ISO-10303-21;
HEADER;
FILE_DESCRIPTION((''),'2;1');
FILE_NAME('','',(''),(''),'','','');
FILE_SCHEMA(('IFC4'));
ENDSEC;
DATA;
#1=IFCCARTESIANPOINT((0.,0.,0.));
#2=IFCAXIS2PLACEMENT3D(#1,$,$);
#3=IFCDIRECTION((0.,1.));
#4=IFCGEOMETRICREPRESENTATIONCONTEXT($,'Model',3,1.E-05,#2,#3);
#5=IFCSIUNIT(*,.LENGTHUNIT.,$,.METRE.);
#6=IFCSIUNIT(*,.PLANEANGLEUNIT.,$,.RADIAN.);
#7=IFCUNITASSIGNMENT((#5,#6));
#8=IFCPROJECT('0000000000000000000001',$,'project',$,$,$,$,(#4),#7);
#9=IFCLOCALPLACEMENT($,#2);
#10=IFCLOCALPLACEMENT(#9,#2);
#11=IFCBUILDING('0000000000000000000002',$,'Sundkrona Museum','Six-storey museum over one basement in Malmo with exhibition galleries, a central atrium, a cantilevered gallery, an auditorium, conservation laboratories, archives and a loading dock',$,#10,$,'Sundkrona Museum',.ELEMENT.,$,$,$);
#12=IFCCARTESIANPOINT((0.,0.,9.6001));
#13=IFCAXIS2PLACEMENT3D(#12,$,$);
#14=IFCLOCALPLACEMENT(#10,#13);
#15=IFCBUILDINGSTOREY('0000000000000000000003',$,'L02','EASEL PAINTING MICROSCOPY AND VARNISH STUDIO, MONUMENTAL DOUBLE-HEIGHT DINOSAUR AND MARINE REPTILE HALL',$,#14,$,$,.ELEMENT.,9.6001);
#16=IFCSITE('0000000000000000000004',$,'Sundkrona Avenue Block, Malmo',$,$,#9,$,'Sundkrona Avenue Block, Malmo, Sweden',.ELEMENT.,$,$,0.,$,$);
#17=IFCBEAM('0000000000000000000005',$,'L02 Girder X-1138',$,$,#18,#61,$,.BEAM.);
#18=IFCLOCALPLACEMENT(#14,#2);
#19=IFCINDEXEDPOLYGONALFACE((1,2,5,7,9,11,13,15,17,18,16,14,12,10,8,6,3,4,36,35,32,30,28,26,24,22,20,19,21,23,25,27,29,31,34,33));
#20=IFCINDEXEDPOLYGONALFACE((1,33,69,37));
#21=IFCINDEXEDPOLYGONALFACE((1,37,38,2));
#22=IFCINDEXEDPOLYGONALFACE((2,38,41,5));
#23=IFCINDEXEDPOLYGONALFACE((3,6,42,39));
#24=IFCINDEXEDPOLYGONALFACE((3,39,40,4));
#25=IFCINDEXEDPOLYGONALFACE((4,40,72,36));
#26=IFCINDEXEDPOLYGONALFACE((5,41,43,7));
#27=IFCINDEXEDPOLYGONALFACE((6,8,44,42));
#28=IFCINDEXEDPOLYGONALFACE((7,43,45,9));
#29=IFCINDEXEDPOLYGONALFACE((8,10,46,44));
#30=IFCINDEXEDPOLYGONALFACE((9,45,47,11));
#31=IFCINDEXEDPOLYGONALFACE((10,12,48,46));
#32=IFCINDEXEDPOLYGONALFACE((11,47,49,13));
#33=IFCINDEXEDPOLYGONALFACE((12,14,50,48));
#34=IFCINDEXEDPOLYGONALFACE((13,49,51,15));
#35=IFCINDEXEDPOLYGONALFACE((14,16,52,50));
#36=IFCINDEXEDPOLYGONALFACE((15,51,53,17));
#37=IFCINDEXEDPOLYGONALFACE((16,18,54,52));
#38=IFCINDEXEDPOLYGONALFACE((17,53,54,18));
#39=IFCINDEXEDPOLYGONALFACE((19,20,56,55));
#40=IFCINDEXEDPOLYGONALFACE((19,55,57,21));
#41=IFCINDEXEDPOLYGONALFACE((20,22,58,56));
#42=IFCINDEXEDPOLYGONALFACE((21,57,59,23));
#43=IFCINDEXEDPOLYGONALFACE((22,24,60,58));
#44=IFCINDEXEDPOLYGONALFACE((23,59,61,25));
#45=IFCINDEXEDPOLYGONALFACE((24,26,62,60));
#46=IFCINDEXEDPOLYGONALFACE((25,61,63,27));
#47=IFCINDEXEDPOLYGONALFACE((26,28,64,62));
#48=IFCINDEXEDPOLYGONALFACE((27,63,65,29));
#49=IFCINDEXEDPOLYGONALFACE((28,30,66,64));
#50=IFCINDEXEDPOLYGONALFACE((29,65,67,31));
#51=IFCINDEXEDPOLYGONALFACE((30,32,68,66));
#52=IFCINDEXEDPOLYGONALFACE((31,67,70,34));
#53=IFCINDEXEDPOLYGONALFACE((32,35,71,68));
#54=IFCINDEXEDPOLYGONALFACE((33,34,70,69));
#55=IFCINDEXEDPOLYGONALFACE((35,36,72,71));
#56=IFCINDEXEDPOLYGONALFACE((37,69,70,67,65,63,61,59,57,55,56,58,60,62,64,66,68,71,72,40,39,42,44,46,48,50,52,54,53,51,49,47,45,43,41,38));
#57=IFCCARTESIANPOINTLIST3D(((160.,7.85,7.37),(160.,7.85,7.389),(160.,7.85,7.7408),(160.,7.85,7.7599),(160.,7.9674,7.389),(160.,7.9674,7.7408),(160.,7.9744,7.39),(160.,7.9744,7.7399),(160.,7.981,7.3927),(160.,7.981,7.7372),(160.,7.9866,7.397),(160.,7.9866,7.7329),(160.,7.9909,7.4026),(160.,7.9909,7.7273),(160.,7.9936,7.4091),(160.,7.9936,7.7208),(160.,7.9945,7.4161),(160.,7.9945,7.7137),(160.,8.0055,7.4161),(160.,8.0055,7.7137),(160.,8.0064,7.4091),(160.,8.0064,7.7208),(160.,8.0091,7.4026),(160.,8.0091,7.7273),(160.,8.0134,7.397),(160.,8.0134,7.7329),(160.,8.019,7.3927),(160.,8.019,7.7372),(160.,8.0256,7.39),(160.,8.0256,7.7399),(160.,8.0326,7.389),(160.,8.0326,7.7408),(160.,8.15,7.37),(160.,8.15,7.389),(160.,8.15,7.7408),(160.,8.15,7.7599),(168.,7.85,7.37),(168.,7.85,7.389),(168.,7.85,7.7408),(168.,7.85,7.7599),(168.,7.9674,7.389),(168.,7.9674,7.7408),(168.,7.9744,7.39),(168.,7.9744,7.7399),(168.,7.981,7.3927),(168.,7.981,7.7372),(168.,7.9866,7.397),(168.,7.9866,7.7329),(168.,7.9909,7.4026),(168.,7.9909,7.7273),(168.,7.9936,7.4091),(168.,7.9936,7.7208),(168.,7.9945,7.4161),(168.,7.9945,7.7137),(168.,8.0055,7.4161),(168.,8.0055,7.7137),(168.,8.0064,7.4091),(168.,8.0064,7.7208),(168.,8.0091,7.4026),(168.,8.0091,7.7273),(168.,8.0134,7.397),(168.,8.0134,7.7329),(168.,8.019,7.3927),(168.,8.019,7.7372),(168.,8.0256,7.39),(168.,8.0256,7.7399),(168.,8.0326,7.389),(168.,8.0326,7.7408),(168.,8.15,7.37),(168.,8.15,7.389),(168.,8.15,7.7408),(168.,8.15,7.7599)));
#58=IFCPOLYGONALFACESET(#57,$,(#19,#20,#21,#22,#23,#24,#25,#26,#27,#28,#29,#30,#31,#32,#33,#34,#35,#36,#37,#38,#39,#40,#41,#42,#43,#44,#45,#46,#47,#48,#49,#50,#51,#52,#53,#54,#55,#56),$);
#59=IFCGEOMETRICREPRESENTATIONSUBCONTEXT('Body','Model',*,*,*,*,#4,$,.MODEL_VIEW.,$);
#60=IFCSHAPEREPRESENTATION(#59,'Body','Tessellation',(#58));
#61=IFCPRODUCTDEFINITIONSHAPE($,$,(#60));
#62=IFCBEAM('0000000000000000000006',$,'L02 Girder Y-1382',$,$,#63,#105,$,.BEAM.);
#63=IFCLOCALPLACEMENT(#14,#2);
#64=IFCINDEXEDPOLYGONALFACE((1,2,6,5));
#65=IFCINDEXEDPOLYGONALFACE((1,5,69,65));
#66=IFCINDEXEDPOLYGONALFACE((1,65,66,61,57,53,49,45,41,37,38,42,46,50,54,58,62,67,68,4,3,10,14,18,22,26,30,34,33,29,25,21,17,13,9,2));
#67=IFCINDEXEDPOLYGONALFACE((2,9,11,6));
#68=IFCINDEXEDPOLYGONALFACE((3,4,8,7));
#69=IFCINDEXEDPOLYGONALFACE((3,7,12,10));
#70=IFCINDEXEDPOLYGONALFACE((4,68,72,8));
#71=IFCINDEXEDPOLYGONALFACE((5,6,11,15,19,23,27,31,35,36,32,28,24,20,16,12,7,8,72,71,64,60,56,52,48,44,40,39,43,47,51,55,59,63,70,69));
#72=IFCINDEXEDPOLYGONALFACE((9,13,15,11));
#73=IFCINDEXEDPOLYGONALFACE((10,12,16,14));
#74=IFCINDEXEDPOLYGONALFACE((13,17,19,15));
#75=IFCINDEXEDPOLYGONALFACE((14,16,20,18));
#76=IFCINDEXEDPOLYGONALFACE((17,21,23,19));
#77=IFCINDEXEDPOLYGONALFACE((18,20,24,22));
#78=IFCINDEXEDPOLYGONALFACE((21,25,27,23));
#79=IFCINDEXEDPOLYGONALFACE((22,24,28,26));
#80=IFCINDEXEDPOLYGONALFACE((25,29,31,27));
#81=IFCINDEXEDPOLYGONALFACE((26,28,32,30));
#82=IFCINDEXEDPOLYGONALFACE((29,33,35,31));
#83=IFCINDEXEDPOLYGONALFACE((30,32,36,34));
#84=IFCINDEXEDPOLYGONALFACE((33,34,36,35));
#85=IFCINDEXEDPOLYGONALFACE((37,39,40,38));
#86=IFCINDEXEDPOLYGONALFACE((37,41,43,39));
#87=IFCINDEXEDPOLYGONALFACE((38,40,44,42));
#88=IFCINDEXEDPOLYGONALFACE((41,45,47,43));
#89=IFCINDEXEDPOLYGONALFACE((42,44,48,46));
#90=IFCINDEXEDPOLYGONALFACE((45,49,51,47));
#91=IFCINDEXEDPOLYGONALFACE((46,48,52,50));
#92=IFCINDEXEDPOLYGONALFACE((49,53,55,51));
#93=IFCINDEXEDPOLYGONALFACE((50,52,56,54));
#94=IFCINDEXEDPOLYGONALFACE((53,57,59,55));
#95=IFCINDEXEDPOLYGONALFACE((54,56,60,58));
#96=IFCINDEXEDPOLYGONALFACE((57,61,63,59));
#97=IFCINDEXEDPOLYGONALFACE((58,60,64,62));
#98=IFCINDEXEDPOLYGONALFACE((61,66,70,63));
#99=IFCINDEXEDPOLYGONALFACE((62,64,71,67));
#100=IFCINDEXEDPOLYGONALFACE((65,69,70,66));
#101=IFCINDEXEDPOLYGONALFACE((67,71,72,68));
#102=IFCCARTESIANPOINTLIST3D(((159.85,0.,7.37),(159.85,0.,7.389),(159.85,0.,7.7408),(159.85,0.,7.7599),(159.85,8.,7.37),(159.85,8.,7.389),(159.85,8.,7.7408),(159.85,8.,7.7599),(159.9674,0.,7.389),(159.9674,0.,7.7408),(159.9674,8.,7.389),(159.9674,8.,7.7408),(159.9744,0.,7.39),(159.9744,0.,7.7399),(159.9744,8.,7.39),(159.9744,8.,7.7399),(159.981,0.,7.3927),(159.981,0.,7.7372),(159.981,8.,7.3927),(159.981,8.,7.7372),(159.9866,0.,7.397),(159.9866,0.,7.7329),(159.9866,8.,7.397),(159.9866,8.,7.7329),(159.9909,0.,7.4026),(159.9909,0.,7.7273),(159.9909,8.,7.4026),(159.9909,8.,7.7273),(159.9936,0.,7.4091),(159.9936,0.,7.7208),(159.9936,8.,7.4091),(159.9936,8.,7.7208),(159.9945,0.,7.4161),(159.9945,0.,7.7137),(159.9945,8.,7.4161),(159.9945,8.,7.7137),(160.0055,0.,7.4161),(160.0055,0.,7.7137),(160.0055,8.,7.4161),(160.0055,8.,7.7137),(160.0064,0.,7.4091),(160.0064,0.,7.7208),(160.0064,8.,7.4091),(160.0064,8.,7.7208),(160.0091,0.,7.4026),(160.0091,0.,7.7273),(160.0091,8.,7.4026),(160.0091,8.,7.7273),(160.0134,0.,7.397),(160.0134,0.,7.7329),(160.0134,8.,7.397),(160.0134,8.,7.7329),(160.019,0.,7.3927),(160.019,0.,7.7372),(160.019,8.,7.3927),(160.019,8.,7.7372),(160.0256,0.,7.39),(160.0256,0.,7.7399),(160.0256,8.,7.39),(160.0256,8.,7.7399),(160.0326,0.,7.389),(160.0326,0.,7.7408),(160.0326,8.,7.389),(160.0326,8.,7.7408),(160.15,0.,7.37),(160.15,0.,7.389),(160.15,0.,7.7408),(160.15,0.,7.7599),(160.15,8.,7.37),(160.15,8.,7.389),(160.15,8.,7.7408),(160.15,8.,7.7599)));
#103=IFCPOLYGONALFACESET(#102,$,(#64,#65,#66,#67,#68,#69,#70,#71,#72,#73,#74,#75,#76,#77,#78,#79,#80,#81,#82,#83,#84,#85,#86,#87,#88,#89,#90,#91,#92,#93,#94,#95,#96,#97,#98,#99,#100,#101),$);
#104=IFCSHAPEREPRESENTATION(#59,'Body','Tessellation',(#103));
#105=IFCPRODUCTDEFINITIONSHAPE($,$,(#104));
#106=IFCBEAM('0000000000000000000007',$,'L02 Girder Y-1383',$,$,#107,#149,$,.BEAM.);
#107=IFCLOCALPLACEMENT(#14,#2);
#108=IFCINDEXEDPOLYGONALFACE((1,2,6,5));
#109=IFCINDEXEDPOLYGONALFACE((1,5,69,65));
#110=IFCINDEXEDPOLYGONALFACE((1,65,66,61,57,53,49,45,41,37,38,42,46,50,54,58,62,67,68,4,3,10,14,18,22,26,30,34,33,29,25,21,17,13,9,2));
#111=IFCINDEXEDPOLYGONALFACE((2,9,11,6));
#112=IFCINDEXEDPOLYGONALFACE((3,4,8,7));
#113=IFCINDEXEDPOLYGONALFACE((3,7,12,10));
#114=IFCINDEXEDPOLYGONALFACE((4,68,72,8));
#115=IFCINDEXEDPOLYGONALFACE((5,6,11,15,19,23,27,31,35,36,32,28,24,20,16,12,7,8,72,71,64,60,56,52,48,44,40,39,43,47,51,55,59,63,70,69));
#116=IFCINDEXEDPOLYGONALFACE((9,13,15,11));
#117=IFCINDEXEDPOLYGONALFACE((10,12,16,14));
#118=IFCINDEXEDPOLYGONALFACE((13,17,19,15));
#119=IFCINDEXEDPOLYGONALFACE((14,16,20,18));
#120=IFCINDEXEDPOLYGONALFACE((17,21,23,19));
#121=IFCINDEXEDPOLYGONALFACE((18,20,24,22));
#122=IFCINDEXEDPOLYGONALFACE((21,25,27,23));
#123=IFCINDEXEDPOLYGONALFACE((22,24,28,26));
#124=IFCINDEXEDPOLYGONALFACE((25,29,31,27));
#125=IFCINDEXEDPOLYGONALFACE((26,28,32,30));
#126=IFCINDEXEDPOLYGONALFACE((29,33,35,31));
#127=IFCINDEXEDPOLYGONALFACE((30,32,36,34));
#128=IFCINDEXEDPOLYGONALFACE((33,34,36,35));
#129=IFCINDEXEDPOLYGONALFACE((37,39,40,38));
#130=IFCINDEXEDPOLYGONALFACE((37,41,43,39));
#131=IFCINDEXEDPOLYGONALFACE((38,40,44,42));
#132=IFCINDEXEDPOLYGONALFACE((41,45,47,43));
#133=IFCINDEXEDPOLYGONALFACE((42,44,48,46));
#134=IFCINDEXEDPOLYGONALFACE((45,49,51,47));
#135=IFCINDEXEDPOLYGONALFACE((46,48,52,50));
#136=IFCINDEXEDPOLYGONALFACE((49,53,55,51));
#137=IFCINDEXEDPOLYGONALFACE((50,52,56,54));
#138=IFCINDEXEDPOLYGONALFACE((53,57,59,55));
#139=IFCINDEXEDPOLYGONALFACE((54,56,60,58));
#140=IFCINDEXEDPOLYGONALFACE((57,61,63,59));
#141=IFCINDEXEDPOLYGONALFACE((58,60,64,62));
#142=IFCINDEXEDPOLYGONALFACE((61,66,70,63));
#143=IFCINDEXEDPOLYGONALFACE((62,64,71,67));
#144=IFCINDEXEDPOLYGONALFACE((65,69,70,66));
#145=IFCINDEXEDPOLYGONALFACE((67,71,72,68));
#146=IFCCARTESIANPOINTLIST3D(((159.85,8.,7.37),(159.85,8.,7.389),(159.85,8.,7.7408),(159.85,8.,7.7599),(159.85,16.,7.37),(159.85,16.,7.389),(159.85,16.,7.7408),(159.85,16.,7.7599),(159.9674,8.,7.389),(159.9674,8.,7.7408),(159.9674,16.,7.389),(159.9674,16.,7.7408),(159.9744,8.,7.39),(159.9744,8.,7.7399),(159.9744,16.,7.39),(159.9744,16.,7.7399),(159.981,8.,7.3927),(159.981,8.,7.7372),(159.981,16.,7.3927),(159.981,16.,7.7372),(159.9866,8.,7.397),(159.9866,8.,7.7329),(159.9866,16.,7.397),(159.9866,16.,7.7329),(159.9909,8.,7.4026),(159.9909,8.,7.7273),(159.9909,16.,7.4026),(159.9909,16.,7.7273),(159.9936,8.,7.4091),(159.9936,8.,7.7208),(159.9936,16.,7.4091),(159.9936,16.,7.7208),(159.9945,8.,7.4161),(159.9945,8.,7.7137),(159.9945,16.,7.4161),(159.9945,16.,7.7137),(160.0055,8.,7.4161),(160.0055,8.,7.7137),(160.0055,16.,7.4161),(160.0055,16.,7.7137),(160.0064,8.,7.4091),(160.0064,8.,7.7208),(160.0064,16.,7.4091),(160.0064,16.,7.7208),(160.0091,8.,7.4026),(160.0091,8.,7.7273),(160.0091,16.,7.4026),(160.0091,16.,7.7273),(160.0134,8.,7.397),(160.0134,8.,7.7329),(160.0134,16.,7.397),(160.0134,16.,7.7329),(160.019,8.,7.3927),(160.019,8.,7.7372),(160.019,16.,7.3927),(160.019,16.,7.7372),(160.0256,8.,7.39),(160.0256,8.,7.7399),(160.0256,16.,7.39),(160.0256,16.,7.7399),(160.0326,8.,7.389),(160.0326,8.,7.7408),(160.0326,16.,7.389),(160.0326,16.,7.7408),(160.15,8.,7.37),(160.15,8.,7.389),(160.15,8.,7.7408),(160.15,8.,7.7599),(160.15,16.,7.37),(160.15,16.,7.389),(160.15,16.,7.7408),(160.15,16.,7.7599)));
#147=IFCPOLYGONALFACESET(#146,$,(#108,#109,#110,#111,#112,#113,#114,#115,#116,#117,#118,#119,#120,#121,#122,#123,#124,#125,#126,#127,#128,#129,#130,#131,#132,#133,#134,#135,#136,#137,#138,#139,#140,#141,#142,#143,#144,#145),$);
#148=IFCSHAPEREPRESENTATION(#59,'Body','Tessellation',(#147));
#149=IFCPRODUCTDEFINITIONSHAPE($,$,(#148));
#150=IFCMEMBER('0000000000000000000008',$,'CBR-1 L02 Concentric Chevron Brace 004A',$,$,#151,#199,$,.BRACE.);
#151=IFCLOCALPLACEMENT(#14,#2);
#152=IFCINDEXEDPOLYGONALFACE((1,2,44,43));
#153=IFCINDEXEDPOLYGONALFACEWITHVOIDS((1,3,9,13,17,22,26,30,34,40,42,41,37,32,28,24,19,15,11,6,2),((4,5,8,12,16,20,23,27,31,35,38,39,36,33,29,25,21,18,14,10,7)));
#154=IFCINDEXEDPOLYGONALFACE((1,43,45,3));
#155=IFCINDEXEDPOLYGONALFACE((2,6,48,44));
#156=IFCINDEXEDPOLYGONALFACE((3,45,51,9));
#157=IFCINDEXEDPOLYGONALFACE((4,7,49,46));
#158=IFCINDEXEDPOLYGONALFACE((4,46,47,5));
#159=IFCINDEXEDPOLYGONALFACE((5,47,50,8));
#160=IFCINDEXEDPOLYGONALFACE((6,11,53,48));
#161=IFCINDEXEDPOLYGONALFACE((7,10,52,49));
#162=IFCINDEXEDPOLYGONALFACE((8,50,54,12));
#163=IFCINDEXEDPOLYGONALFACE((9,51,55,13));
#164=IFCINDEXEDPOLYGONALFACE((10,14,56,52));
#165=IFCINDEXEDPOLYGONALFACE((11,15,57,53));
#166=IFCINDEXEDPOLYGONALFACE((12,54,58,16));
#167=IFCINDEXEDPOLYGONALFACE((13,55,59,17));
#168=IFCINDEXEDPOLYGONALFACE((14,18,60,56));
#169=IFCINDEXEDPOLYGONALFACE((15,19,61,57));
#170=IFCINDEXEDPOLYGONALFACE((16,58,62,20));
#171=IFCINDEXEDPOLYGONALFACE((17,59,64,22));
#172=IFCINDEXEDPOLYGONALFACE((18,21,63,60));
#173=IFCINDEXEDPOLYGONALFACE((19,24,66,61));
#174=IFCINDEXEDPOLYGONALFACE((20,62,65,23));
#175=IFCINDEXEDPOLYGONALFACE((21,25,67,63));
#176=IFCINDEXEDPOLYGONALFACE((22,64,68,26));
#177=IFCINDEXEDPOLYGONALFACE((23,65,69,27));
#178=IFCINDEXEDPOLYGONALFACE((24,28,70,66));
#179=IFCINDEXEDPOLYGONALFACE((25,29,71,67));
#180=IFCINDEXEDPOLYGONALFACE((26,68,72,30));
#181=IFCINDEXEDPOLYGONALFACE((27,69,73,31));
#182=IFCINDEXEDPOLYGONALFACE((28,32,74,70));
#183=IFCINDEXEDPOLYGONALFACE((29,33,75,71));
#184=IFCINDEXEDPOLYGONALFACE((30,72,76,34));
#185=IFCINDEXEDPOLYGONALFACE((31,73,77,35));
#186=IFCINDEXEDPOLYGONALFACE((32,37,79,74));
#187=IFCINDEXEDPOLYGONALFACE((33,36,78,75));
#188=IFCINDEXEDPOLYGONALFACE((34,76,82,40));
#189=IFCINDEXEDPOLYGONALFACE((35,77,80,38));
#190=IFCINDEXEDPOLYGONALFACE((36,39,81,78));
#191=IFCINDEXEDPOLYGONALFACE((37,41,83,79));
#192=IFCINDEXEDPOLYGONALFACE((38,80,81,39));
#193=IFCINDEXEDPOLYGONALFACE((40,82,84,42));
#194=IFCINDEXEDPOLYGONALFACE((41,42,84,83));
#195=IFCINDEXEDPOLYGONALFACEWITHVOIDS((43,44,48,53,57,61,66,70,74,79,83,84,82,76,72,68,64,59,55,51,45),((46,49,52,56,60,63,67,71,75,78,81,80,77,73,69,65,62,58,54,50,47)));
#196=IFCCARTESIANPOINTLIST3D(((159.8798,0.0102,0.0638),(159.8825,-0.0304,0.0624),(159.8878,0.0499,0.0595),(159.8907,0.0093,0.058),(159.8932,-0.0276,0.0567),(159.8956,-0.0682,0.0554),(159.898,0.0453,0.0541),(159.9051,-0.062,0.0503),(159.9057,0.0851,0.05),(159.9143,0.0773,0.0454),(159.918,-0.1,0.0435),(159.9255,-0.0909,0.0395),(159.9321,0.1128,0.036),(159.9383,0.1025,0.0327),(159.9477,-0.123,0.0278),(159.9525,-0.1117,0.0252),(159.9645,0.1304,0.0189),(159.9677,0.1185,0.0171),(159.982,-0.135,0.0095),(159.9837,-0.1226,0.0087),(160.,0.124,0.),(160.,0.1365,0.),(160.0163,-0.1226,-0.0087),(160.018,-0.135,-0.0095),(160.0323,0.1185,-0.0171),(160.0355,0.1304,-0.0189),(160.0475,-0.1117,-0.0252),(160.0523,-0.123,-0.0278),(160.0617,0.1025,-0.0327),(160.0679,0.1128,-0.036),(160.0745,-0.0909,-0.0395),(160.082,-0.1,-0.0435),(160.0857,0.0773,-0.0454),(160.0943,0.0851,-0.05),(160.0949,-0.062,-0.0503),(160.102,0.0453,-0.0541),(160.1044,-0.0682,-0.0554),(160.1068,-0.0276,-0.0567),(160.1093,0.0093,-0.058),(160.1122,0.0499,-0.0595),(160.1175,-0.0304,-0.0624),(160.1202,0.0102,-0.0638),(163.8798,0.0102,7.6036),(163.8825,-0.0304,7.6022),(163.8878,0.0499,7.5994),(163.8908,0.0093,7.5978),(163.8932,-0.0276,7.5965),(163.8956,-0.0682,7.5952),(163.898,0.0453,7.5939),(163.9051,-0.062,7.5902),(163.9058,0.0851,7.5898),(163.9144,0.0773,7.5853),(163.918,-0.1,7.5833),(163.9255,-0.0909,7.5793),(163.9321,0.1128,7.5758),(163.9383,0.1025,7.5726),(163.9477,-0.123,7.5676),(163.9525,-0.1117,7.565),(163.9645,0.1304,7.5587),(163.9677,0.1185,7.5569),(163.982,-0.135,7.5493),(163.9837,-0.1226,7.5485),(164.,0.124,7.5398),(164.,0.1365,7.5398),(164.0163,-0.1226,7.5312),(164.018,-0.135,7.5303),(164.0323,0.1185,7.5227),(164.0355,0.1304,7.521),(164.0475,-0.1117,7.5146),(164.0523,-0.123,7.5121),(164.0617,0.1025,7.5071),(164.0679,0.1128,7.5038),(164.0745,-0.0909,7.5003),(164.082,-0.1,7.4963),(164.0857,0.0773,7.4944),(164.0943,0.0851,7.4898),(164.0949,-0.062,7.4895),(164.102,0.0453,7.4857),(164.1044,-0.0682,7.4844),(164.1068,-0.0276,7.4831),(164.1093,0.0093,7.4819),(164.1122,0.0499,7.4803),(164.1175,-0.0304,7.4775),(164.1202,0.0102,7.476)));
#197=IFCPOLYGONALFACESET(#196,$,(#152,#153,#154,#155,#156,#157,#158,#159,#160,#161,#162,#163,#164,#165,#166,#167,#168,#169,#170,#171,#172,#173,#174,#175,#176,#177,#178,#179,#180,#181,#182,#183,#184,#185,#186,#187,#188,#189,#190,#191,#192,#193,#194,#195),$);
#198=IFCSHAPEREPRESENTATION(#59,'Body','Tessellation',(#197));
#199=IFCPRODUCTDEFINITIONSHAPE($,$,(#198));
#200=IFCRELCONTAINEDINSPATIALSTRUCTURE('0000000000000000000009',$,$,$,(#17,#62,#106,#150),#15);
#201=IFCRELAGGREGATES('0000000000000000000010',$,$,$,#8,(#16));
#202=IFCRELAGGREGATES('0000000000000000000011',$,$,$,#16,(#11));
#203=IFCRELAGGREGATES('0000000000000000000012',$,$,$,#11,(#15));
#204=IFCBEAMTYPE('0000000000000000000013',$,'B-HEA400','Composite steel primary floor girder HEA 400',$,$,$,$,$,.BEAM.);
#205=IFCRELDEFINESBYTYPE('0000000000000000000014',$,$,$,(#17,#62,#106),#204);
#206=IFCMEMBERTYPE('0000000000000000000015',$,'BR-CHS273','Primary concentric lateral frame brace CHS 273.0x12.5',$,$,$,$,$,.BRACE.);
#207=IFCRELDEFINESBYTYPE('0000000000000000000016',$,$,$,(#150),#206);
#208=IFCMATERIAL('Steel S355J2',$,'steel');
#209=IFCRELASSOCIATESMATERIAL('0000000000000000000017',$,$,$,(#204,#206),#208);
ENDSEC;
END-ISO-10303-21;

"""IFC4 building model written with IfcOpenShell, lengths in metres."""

from ifc_helpers import new_model, si_unit, direction, frame, origin, origin_2d, place, context, subcontext, project, spatial, hollow_circle, i_section, extrude, material, material_profile, profile_set, type_object, element, save


model = new_model("IFC4")

# Units and contexts
model_context = context("Model", 3, precision=1e-05, world=origin(), true_north=direction((0.0, 1.0)))
body_context = subcontext(model_context, "Body", "Model", "MODEL_VIEW")
ifc_project = project(units=[si_unit("LENGTHUNIT", "METRE"), si_unit("PLANEANGLEUNIT", "RADIAN")], contexts=[model_context])

# Site, building, storey
site_placement = place(None, origin())
site = spatial("IfcSite", under=ifc_project, at=site_placement, Name="Sundkrona Avenue Block, Malmo", LongName="Sundkrona Avenue Block, Malmo, Sweden", CompositionType="ELEMENT", RefElevation=0.0)
building_placement = place(site_placement, origin())
building = spatial("IfcBuilding", under=site, at=building_placement, Name="Sundkrona Museum", Description="Six-storey museum over one basement in Malmo with exhibition galleries, a central atrium, a cantilevered gallery, an auditorium, conservation laboratories, archives and a loading dock", LongName="Sundkrona Museum", CompositionType="ELEMENT")
storey_placement = place(building_placement, frame((0.0, 0.0, 9.6001)))
storey = spatial("IfcBuildingStorey", under=building, at=storey_placement, Name="L02", Description="EASEL PAINTING MICROSCOPY AND VARNISH STUDIO, MONUMENTAL DOUBLE-HEIGHT DINOSAUR AND MARINE REPTILE HALL", CompositionType="ELEMENT", Elevation=9.6001)

# Shared definitions
ifc_material_1 = material(Name="Steel S355J2", Category="steel")

# Beams
ifc_material_profile_1 = material_profile(ifc_material_1, i_section(OverallWidth=0.3, OverallDepth=0.3899, WebThickness=0.011, FlangeThickness=0.019, FilletRadius=0.0271, at=origin_2d()), Name="HEA 400")
ifc_profile_set_1 = profile_set([ifc_material_profile_1], Name="Steel S355J2")
beam_type_1 = type_object("IfcBeamType", Name="B-HEA400", Description="Composite steel primary floor girder HEA 400", PredefinedType="BEAM", material=ifc_profile_set_1)
for number, where, z_axis, x_axis, name in (
    (1, (160.0, 8.0, 7.5649), (1.0, 0.0, 0.0), (0.0, 1.0, 0.0), "L02 Girder X-1138"),
    (2, (160.0, 0.0, 7.5649), (0.0, 1.0, 0.0), (-1.0, 0.0, 0.0), "L02 Girder Y-1382"),
    (3, (160.0, 8.0, 7.5649), (0.0, 1.0, 0.0), (-1.0, 0.0, 0.0), "L02 Girder Y-1383"),
):
    element("IfcBeam", number, at=place(storey_placement, frame(where, z_axis=z_axis, x_axis=x_axis)), inside=storey, type_object=beam_type_1, Name=name, PredefinedType="BEAM", context=body_context, shape_type="SweptSolid", body=[
        extrude(i_section(OverallWidth=0.3, OverallDepth=0.3899, WebThickness=0.011, FlangeThickness=0.019, FilletRadius=0.0271, at=origin_2d()), origin(), (0.0, 0.0, 1.0), 8.0),
    ])

# Member
ifc_material_profile_2 = material_profile(ifc_material_1, hollow_circle(Radius=0.1365, WallThickness=0.0125, at=origin_2d()), Name="CHS 273.0x12.5")
ifc_profile_set_2 = profile_set([ifc_material_profile_2], Name="Steel S355J2")
member_type = type_object("IfcMemberType", Name="BR-CHS273", Description="Primary concentric lateral frame brace CHS 273.0x12.5", PredefinedType="BRACE", material=ifc_profile_set_2)
for number, where, z_axis, x_axis, name in (
    (4, (160.0, 0.0, 0.0), (0.468651, 0.0, 0.883383), (0.0, 1.0, 0.0), "CBR-1 L02 Concentric Chevron Brace 004A"),
):
    element("IfcMember", number, at=place(storey_placement, frame(where, z_axis=z_axis, x_axis=x_axis)), inside=storey, type_object=member_type, Name=name, PredefinedType="BRACE", context=body_context, shape_type="SweptSolid", body=[
        extrude(hollow_circle(Radius=0.1365, WallThickness=0.0125, at=origin_2d()), origin(), (0.0, 0.0, 1.0), 8.5352),
    ])

save(model, "model.ifc")
